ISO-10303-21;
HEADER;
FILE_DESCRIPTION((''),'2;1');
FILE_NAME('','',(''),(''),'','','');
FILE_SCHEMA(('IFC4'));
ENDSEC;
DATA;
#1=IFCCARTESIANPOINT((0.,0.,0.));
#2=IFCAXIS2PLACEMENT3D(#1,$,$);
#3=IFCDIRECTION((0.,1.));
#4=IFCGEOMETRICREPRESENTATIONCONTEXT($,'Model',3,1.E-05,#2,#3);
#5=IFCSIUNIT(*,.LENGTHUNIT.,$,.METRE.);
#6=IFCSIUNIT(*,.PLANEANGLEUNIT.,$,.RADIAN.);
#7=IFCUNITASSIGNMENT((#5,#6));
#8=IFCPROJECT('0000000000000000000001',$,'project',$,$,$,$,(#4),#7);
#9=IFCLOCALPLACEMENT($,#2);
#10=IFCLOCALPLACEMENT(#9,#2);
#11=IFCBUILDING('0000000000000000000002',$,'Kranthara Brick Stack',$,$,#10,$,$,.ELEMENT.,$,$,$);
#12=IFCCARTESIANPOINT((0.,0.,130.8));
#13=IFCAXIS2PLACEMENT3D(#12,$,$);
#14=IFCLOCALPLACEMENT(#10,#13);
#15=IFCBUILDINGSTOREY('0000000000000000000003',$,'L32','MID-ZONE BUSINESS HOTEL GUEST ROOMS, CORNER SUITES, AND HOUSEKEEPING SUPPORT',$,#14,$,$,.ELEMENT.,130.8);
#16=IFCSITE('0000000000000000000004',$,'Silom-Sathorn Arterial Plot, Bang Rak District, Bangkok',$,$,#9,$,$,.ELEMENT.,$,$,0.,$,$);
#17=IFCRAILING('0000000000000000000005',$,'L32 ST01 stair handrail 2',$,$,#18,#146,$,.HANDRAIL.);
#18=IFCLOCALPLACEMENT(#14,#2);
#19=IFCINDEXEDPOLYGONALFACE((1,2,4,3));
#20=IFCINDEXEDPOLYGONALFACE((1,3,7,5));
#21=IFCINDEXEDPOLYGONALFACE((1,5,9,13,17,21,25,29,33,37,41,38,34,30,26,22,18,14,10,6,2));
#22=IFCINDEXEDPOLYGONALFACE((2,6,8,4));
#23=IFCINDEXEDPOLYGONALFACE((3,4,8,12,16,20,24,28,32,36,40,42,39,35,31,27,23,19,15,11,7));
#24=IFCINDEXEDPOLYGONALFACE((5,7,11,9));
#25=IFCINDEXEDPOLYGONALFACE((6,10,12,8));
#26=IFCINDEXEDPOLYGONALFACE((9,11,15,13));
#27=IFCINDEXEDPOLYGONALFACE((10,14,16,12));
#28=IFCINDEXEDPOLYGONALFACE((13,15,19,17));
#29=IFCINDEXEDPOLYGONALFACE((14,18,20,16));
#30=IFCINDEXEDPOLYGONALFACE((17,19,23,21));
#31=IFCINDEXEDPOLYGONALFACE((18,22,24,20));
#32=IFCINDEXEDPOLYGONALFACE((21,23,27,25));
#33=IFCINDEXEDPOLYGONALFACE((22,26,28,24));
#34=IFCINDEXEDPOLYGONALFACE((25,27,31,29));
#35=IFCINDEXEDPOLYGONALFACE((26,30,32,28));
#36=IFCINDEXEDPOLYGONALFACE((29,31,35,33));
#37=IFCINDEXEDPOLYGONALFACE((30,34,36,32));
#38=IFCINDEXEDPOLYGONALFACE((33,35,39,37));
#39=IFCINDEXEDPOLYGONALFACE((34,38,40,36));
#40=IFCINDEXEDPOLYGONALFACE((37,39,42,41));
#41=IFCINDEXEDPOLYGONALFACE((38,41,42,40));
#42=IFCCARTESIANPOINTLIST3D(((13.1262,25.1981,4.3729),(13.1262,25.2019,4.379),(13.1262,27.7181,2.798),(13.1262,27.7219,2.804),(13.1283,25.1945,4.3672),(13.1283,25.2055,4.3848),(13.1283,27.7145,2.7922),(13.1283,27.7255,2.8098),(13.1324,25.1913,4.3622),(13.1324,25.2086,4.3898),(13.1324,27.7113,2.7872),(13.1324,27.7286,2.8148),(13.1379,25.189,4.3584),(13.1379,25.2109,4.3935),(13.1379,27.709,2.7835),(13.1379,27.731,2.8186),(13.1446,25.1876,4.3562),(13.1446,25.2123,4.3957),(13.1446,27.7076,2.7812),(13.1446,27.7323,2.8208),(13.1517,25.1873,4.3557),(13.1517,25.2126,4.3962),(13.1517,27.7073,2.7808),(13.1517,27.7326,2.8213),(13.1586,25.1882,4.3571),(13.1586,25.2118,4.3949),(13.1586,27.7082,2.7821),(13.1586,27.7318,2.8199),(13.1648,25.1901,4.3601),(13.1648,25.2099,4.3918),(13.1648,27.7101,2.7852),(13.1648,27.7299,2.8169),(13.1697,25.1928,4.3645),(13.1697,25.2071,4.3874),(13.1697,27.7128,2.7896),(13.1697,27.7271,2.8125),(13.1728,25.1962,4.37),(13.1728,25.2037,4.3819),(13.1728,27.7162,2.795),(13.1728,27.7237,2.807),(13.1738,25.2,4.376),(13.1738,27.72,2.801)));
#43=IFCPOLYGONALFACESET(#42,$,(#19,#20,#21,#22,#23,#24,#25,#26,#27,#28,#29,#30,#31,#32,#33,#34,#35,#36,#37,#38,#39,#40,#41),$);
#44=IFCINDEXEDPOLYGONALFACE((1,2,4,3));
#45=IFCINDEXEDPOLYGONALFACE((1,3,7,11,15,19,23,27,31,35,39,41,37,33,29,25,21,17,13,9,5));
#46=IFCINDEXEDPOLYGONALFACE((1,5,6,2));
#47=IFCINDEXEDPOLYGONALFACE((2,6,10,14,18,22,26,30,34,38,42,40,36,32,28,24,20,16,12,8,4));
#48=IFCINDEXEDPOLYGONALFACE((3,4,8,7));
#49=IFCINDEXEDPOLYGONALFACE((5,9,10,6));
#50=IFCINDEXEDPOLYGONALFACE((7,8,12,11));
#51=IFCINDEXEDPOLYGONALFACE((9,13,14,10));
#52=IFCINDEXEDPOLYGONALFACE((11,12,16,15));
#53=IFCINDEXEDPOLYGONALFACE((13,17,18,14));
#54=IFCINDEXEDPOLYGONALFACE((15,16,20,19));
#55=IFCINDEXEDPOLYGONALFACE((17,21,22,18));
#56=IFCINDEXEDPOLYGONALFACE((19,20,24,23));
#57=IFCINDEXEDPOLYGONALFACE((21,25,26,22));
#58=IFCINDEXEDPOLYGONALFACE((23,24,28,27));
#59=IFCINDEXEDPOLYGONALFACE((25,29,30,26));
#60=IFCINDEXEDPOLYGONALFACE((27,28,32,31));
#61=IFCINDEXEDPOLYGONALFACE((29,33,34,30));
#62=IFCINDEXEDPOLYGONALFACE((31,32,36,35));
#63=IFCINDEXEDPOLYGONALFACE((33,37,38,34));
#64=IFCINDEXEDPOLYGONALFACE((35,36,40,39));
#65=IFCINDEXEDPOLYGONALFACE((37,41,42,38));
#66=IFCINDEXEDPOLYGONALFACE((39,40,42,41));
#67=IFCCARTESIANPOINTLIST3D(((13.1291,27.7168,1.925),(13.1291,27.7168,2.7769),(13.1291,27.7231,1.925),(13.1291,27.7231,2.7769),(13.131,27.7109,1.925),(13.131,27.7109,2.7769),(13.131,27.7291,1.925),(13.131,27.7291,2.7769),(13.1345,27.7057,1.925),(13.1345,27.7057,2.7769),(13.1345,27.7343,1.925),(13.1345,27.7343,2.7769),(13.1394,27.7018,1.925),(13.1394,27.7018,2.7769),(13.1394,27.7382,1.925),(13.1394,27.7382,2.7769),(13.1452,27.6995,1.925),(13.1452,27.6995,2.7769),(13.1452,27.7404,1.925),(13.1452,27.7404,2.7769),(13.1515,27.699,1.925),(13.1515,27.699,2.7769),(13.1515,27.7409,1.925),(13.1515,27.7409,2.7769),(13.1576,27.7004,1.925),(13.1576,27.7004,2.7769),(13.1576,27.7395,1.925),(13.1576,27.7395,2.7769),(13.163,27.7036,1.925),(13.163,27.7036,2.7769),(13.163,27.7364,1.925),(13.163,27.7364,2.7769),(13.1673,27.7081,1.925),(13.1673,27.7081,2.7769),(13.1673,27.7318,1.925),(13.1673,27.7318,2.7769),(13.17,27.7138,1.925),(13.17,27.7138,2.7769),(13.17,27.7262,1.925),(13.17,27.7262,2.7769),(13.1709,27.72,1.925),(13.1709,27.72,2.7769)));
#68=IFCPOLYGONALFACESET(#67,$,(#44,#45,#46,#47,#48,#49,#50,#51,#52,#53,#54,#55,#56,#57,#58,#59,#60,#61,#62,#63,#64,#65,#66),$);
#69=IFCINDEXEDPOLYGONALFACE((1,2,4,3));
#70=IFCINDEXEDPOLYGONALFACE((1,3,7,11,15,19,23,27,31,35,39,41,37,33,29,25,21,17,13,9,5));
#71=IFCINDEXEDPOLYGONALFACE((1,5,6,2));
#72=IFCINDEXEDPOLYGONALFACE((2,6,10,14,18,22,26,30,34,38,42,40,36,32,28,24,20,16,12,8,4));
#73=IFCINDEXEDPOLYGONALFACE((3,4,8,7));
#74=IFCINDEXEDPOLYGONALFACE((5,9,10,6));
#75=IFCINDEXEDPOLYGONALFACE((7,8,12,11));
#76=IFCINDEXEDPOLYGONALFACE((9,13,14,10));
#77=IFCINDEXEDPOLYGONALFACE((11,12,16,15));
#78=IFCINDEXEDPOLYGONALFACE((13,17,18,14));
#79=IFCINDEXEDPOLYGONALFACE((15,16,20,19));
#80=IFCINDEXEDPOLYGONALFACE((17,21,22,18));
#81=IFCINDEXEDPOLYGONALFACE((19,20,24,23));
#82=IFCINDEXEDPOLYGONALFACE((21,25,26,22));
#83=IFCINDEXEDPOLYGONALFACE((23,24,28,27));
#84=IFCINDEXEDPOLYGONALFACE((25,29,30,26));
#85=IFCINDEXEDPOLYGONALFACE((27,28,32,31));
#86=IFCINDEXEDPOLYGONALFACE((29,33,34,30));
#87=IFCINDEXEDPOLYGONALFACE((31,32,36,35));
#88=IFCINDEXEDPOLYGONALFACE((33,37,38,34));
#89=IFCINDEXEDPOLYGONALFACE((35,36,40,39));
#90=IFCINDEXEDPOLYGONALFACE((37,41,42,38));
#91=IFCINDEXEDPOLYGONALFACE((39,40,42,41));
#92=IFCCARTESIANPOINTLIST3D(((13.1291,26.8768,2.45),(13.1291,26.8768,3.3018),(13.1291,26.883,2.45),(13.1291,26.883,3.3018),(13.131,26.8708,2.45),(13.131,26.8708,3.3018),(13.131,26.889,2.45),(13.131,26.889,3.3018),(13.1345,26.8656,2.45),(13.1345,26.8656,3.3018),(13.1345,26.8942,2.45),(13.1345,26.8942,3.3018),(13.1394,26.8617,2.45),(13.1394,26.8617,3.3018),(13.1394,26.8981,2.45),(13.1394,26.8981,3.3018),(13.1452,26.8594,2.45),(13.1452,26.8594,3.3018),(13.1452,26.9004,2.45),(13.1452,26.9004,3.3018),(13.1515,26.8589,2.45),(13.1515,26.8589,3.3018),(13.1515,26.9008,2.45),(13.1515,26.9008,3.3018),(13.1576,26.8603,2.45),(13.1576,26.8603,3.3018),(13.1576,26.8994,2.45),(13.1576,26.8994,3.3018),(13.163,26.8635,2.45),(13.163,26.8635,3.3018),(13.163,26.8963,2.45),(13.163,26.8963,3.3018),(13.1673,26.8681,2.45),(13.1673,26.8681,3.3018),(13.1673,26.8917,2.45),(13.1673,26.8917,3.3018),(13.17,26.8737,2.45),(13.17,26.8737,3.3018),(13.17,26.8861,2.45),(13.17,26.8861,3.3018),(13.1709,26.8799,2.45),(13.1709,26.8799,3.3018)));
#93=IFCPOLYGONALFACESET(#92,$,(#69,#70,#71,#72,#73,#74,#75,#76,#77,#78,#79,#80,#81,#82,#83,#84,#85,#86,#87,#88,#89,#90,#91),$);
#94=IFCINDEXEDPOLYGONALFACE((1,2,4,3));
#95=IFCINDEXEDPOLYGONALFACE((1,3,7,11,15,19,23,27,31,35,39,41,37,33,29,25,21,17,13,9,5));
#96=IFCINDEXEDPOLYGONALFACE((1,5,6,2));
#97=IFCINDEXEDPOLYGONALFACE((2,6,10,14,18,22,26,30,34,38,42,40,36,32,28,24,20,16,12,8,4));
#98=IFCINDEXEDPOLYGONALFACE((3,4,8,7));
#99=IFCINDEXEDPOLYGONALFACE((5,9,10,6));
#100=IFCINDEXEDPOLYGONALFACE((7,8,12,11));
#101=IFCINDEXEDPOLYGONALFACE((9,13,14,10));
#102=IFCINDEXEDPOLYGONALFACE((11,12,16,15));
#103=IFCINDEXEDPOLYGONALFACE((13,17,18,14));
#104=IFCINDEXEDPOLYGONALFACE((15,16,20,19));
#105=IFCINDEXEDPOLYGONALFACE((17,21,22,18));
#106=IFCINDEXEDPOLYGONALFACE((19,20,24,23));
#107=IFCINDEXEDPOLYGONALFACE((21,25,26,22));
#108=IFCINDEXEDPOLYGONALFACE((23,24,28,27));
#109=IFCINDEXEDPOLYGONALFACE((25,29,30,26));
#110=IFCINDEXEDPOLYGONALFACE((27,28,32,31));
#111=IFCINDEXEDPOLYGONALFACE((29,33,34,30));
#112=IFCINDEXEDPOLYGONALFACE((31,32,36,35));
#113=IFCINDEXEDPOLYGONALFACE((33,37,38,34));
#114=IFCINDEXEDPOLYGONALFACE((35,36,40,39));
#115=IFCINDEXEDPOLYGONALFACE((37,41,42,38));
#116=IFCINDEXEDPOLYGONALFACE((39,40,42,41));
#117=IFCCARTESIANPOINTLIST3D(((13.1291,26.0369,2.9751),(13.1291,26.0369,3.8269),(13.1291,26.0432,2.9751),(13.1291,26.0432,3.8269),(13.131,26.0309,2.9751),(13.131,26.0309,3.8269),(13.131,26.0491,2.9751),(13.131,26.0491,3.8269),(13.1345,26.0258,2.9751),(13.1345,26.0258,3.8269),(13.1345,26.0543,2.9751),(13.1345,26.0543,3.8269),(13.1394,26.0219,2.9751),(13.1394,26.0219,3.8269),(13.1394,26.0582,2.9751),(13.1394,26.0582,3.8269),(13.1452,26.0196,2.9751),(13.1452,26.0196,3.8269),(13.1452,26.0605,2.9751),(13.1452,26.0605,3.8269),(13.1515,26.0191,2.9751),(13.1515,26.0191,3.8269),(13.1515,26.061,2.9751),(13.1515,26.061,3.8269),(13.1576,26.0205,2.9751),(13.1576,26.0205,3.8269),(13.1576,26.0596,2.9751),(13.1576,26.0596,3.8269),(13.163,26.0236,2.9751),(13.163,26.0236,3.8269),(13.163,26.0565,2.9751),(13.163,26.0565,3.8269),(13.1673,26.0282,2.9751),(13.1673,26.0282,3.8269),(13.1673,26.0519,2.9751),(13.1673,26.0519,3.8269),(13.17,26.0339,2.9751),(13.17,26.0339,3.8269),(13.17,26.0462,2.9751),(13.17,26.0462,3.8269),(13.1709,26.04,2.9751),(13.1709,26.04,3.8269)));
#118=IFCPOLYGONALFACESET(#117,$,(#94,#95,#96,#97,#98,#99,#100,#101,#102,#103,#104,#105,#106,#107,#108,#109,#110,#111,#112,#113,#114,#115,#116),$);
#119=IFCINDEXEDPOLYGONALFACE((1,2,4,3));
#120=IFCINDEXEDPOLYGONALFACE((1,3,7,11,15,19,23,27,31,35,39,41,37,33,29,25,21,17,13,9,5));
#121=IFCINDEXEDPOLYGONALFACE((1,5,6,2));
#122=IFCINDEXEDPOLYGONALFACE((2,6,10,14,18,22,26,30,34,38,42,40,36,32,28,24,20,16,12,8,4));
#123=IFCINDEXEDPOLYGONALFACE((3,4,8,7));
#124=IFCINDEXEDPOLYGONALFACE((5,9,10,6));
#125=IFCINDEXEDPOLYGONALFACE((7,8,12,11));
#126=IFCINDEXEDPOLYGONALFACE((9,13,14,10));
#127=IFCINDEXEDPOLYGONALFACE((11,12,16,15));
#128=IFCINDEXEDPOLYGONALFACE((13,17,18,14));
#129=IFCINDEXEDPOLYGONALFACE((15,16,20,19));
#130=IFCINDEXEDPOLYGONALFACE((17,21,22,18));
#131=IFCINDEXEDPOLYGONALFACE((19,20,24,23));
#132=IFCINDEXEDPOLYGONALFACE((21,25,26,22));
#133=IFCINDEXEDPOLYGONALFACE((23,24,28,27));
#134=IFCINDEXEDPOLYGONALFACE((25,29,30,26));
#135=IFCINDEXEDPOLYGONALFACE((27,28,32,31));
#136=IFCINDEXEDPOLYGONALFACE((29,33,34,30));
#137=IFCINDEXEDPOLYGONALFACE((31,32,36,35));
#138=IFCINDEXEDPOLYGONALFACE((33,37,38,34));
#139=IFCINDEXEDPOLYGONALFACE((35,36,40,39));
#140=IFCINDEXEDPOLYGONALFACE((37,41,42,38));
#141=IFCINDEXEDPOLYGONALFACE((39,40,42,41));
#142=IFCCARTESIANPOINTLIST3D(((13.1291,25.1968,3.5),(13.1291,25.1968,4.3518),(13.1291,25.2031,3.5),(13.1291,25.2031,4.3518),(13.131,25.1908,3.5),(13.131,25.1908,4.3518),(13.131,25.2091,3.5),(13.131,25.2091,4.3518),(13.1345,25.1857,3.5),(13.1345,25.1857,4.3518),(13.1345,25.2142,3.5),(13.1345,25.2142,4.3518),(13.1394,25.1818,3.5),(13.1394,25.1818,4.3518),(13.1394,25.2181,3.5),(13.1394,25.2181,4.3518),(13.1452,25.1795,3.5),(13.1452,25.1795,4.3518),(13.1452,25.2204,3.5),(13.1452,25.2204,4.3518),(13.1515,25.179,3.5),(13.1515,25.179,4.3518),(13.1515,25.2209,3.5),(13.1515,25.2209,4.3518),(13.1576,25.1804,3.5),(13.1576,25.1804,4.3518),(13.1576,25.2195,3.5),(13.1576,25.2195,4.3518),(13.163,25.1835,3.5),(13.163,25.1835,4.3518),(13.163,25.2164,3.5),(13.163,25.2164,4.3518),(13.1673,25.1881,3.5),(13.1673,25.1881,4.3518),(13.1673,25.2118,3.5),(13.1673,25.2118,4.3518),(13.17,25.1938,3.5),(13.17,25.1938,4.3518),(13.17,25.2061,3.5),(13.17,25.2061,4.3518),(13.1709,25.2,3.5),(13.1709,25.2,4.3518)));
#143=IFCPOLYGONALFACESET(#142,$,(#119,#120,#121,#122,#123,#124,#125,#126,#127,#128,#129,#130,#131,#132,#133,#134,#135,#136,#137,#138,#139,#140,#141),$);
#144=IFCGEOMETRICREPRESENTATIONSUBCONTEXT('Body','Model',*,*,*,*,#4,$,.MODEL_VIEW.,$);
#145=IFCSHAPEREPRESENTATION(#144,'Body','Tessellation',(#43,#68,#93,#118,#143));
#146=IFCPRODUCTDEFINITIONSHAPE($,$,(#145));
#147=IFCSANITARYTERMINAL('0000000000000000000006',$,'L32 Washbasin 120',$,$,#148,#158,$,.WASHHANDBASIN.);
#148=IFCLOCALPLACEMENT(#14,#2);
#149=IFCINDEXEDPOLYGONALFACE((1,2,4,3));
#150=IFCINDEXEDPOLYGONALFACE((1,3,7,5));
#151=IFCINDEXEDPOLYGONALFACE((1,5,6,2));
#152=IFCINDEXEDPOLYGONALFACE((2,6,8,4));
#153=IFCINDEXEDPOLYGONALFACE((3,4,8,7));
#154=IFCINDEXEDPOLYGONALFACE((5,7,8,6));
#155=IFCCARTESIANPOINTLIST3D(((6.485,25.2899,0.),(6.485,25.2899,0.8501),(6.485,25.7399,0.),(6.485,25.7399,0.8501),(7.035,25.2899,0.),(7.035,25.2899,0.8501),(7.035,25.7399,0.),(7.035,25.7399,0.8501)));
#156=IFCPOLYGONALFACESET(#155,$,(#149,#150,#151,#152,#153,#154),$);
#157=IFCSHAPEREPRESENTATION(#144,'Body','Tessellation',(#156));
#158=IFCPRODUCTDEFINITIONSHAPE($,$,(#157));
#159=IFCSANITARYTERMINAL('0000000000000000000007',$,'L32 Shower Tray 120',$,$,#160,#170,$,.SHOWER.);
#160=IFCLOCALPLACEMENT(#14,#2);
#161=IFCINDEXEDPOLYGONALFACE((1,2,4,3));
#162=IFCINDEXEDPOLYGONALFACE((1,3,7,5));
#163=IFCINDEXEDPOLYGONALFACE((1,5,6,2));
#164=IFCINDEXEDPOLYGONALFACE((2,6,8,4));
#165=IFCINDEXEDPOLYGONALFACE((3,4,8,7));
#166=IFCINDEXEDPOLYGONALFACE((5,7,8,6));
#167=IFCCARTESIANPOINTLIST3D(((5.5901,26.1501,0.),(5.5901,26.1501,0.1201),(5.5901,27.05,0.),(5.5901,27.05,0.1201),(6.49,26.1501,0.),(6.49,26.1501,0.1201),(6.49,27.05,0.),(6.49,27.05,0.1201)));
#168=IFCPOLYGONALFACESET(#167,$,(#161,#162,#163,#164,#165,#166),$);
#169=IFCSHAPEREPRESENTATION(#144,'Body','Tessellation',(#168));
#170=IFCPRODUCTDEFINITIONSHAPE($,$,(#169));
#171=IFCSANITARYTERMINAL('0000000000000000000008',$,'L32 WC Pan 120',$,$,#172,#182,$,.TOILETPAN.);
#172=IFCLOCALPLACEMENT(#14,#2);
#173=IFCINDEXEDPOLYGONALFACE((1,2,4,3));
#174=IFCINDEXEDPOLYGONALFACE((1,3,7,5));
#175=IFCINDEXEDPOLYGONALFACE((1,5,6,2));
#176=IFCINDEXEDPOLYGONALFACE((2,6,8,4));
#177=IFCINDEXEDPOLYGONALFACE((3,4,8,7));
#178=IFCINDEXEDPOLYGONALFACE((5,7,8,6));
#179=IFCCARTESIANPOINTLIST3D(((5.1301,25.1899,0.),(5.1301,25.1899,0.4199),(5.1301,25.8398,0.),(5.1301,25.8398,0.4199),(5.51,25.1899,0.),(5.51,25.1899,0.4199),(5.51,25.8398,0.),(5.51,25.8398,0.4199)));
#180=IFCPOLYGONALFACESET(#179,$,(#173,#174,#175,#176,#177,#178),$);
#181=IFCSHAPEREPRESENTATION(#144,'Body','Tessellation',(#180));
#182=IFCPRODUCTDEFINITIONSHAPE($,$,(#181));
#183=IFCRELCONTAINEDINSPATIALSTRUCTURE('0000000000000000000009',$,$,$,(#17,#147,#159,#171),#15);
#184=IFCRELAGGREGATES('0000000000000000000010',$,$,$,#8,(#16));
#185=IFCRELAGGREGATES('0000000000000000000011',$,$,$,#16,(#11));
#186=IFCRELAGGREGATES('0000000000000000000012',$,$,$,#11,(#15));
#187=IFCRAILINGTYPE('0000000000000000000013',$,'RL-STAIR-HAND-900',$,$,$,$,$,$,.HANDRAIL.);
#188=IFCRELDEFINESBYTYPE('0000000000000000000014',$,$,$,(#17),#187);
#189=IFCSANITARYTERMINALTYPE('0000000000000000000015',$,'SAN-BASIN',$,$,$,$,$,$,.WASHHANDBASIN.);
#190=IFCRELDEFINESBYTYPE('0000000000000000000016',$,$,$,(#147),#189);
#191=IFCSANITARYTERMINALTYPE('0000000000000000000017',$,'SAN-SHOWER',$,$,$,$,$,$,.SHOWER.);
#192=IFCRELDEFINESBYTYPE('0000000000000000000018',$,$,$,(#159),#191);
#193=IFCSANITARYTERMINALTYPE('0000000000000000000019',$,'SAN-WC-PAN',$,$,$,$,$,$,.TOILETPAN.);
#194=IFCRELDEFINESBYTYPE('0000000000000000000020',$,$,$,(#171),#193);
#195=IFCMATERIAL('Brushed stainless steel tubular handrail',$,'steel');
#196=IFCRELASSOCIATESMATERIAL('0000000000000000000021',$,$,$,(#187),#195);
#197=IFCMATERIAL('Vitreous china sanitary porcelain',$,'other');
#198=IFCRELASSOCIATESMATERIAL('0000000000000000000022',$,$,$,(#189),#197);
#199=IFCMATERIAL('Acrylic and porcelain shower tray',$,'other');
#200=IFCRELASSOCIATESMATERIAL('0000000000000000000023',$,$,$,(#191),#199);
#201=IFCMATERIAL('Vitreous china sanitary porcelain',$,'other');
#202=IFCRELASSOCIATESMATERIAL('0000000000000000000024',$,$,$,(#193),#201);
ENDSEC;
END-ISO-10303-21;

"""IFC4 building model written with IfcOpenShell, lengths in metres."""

from ifc_helpers import new_model, si_unit, direction, frame, origin, origin_2d, place, context, subcontext, project, spatial, rectangle, circle, extrude, material, type_object, element, save


model = new_model("IFC4")

# Units and contexts
model_context = context("Model", 3, precision=1e-05, world=origin(), true_north=direction((0.0, 1.0)))
body_context = subcontext(model_context, "Body", "Model", "MODEL_VIEW")
ifc_project = project(units=[si_unit("LENGTHUNIT", "METRE"), si_unit("PLANEANGLEUNIT", "RADIAN")], contexts=[model_context])

# Site, building, storey
site_placement = place(None, origin())
site = spatial("IfcSite", under=ifc_project, at=site_placement, Name="Silom-Sathorn Arterial Plot, Bang Rak District, Bangkok", CompositionType="ELEMENT", RefElevation=0.0)
building_placement = place(site_placement, origin())
building = spatial("IfcBuilding", under=site, at=building_placement, Name="Kranthara Brick Stack", CompositionType="ELEMENT")
storey_placement = place(building_placement, frame((0.0, 0.0, 130.8)))
storey = spatial("IfcBuildingStorey", under=building, at=storey_placement, Name="L32", Description="MID-ZONE BUSINESS HOTEL GUEST ROOMS, CORNER SUITES, AND HOUSEKEEPING SUPPORT", CompositionType="ELEMENT", Elevation=130.8)

# Railing
ifc_material_1 = material(Name="Brushed stainless steel tubular handrail", Category="steel")
railing_type_1 = type_object("IfcRailingType", Name="RL-STAIR-HAND-900", PredefinedType="HANDRAIL", material=ifc_material_1)
railing_1_placement = place(storey_placement, frame((13.1499, 27.72, 1.925)))
element("IfcRailing", 1, at=railing_1_placement, inside=storey, type_object=railing_type_1, Name="L32 ST01 stair handrail 2", PredefinedType="HANDRAIL", context=body_context, shape_type="SweptSolid", body=[
    extrude(circle(Radius=0.0239, at=origin_2d()), frame((0.0, 0.0, 0.876), z_axis=(0.0, -0.848008, 0.529984), x_axis=(1.0, 0.0, 0.0)), (0.0, 0.0, 1.0), 2.9717),
    extrude(circle(Radius=0.021, at=origin_2d()), origin(), (0.0, 0.0, 1.0), 0.8518),
    extrude(circle(Radius=0.021, at=origin_2d()), frame((0.0, -0.8401, 0.5249)), (0.0, 0.0, 1.0), 0.8518),
    extrude(circle(Radius=0.021, at=origin_2d()), frame((0.0, -1.6799, 1.05)), (0.0, 0.0, 1.0), 0.8518),
    extrude(circle(Radius=0.021, at=origin_2d()), frame((0.0, -2.52, 1.575)), (0.0, 0.0, 1.0), 0.8518),
])

# Sanitary terminals
ifc_material_2 = material(Name="Vitreous china sanitary porcelain", Category="other")
sanitary_terminal_type_1 = type_object("IfcSanitaryTerminalType", Name="SAN-BASIN", PredefinedType="WASHHANDBASIN", material=ifc_material_2)
sanitary_terminal_1_placement = place(storey_placement, frame((6.76, 25.5149, 0.0), z_axis=(0.0, 0.0, 1.0), x_axis=(1.0, 0.0, 0.0)))
element("IfcSanitaryTerminal", 2, at=sanitary_terminal_1_placement, inside=storey, type_object=sanitary_terminal_type_1, Name="L32 Washbasin 120", PredefinedType="WASHHANDBASIN", context=body_context, shape_type="SweptSolid", body=[
    extrude(rectangle(XDim=0.55, YDim=0.45, at=origin_2d()), origin(), (0.0, 0.0, 1.0), 0.8501),
])
ifc_material_3 = material(Name="Acrylic and porcelain shower tray", Category="other")
sanitary_terminal_type_2 = type_object("IfcSanitaryTerminalType", Name="SAN-SHOWER", PredefinedType="SHOWER", material=ifc_material_3)
sanitary_terminal_2_placement = place(storey_placement, frame((6.04, 26.6001, 0.0), z_axis=(0.0, 0.0, 1.0), x_axis=(1.0, 0.0, 0.0)))
element("IfcSanitaryTerminal", 3, at=sanitary_terminal_2_placement, inside=storey, type_object=sanitary_terminal_type_2, Name="L32 Shower Tray 120", PredefinedType="SHOWER", context=body_context, shape_type="SweptSolid", body=[
    extrude(rectangle(XDim=0.8999, YDim=0.8999, at=origin_2d()), origin(), (0.0, 0.0, 1.0), 0.1201),
])
ifc_material_4 = material(Name="Vitreous china sanitary porcelain", Category="other")
sanitary_terminal_type_3 = type_object("IfcSanitaryTerminalType", Name="SAN-WC-PAN", PredefinedType="TOILETPAN", material=ifc_material_4)
sanitary_terminal_3_placement = place(storey_placement, frame((5.3201, 25.5149, 0.0), z_axis=(0.0, 0.0, 1.0), x_axis=(1.0, 0.0, 0.0)))
element("IfcSanitaryTerminal", 4, at=sanitary_terminal_3_placement, inside=storey, type_object=sanitary_terminal_type_3, Name="L32 WC Pan 120", PredefinedType="TOILETPAN", context=body_context, shape_type="SweptSolid", body=[
    extrude(rectangle(XDim=0.3799, YDim=0.6499, at=origin_2d()), origin(), (0.0, 0.0, 1.0), 0.4199),
])

save(model, "model.ifc")
